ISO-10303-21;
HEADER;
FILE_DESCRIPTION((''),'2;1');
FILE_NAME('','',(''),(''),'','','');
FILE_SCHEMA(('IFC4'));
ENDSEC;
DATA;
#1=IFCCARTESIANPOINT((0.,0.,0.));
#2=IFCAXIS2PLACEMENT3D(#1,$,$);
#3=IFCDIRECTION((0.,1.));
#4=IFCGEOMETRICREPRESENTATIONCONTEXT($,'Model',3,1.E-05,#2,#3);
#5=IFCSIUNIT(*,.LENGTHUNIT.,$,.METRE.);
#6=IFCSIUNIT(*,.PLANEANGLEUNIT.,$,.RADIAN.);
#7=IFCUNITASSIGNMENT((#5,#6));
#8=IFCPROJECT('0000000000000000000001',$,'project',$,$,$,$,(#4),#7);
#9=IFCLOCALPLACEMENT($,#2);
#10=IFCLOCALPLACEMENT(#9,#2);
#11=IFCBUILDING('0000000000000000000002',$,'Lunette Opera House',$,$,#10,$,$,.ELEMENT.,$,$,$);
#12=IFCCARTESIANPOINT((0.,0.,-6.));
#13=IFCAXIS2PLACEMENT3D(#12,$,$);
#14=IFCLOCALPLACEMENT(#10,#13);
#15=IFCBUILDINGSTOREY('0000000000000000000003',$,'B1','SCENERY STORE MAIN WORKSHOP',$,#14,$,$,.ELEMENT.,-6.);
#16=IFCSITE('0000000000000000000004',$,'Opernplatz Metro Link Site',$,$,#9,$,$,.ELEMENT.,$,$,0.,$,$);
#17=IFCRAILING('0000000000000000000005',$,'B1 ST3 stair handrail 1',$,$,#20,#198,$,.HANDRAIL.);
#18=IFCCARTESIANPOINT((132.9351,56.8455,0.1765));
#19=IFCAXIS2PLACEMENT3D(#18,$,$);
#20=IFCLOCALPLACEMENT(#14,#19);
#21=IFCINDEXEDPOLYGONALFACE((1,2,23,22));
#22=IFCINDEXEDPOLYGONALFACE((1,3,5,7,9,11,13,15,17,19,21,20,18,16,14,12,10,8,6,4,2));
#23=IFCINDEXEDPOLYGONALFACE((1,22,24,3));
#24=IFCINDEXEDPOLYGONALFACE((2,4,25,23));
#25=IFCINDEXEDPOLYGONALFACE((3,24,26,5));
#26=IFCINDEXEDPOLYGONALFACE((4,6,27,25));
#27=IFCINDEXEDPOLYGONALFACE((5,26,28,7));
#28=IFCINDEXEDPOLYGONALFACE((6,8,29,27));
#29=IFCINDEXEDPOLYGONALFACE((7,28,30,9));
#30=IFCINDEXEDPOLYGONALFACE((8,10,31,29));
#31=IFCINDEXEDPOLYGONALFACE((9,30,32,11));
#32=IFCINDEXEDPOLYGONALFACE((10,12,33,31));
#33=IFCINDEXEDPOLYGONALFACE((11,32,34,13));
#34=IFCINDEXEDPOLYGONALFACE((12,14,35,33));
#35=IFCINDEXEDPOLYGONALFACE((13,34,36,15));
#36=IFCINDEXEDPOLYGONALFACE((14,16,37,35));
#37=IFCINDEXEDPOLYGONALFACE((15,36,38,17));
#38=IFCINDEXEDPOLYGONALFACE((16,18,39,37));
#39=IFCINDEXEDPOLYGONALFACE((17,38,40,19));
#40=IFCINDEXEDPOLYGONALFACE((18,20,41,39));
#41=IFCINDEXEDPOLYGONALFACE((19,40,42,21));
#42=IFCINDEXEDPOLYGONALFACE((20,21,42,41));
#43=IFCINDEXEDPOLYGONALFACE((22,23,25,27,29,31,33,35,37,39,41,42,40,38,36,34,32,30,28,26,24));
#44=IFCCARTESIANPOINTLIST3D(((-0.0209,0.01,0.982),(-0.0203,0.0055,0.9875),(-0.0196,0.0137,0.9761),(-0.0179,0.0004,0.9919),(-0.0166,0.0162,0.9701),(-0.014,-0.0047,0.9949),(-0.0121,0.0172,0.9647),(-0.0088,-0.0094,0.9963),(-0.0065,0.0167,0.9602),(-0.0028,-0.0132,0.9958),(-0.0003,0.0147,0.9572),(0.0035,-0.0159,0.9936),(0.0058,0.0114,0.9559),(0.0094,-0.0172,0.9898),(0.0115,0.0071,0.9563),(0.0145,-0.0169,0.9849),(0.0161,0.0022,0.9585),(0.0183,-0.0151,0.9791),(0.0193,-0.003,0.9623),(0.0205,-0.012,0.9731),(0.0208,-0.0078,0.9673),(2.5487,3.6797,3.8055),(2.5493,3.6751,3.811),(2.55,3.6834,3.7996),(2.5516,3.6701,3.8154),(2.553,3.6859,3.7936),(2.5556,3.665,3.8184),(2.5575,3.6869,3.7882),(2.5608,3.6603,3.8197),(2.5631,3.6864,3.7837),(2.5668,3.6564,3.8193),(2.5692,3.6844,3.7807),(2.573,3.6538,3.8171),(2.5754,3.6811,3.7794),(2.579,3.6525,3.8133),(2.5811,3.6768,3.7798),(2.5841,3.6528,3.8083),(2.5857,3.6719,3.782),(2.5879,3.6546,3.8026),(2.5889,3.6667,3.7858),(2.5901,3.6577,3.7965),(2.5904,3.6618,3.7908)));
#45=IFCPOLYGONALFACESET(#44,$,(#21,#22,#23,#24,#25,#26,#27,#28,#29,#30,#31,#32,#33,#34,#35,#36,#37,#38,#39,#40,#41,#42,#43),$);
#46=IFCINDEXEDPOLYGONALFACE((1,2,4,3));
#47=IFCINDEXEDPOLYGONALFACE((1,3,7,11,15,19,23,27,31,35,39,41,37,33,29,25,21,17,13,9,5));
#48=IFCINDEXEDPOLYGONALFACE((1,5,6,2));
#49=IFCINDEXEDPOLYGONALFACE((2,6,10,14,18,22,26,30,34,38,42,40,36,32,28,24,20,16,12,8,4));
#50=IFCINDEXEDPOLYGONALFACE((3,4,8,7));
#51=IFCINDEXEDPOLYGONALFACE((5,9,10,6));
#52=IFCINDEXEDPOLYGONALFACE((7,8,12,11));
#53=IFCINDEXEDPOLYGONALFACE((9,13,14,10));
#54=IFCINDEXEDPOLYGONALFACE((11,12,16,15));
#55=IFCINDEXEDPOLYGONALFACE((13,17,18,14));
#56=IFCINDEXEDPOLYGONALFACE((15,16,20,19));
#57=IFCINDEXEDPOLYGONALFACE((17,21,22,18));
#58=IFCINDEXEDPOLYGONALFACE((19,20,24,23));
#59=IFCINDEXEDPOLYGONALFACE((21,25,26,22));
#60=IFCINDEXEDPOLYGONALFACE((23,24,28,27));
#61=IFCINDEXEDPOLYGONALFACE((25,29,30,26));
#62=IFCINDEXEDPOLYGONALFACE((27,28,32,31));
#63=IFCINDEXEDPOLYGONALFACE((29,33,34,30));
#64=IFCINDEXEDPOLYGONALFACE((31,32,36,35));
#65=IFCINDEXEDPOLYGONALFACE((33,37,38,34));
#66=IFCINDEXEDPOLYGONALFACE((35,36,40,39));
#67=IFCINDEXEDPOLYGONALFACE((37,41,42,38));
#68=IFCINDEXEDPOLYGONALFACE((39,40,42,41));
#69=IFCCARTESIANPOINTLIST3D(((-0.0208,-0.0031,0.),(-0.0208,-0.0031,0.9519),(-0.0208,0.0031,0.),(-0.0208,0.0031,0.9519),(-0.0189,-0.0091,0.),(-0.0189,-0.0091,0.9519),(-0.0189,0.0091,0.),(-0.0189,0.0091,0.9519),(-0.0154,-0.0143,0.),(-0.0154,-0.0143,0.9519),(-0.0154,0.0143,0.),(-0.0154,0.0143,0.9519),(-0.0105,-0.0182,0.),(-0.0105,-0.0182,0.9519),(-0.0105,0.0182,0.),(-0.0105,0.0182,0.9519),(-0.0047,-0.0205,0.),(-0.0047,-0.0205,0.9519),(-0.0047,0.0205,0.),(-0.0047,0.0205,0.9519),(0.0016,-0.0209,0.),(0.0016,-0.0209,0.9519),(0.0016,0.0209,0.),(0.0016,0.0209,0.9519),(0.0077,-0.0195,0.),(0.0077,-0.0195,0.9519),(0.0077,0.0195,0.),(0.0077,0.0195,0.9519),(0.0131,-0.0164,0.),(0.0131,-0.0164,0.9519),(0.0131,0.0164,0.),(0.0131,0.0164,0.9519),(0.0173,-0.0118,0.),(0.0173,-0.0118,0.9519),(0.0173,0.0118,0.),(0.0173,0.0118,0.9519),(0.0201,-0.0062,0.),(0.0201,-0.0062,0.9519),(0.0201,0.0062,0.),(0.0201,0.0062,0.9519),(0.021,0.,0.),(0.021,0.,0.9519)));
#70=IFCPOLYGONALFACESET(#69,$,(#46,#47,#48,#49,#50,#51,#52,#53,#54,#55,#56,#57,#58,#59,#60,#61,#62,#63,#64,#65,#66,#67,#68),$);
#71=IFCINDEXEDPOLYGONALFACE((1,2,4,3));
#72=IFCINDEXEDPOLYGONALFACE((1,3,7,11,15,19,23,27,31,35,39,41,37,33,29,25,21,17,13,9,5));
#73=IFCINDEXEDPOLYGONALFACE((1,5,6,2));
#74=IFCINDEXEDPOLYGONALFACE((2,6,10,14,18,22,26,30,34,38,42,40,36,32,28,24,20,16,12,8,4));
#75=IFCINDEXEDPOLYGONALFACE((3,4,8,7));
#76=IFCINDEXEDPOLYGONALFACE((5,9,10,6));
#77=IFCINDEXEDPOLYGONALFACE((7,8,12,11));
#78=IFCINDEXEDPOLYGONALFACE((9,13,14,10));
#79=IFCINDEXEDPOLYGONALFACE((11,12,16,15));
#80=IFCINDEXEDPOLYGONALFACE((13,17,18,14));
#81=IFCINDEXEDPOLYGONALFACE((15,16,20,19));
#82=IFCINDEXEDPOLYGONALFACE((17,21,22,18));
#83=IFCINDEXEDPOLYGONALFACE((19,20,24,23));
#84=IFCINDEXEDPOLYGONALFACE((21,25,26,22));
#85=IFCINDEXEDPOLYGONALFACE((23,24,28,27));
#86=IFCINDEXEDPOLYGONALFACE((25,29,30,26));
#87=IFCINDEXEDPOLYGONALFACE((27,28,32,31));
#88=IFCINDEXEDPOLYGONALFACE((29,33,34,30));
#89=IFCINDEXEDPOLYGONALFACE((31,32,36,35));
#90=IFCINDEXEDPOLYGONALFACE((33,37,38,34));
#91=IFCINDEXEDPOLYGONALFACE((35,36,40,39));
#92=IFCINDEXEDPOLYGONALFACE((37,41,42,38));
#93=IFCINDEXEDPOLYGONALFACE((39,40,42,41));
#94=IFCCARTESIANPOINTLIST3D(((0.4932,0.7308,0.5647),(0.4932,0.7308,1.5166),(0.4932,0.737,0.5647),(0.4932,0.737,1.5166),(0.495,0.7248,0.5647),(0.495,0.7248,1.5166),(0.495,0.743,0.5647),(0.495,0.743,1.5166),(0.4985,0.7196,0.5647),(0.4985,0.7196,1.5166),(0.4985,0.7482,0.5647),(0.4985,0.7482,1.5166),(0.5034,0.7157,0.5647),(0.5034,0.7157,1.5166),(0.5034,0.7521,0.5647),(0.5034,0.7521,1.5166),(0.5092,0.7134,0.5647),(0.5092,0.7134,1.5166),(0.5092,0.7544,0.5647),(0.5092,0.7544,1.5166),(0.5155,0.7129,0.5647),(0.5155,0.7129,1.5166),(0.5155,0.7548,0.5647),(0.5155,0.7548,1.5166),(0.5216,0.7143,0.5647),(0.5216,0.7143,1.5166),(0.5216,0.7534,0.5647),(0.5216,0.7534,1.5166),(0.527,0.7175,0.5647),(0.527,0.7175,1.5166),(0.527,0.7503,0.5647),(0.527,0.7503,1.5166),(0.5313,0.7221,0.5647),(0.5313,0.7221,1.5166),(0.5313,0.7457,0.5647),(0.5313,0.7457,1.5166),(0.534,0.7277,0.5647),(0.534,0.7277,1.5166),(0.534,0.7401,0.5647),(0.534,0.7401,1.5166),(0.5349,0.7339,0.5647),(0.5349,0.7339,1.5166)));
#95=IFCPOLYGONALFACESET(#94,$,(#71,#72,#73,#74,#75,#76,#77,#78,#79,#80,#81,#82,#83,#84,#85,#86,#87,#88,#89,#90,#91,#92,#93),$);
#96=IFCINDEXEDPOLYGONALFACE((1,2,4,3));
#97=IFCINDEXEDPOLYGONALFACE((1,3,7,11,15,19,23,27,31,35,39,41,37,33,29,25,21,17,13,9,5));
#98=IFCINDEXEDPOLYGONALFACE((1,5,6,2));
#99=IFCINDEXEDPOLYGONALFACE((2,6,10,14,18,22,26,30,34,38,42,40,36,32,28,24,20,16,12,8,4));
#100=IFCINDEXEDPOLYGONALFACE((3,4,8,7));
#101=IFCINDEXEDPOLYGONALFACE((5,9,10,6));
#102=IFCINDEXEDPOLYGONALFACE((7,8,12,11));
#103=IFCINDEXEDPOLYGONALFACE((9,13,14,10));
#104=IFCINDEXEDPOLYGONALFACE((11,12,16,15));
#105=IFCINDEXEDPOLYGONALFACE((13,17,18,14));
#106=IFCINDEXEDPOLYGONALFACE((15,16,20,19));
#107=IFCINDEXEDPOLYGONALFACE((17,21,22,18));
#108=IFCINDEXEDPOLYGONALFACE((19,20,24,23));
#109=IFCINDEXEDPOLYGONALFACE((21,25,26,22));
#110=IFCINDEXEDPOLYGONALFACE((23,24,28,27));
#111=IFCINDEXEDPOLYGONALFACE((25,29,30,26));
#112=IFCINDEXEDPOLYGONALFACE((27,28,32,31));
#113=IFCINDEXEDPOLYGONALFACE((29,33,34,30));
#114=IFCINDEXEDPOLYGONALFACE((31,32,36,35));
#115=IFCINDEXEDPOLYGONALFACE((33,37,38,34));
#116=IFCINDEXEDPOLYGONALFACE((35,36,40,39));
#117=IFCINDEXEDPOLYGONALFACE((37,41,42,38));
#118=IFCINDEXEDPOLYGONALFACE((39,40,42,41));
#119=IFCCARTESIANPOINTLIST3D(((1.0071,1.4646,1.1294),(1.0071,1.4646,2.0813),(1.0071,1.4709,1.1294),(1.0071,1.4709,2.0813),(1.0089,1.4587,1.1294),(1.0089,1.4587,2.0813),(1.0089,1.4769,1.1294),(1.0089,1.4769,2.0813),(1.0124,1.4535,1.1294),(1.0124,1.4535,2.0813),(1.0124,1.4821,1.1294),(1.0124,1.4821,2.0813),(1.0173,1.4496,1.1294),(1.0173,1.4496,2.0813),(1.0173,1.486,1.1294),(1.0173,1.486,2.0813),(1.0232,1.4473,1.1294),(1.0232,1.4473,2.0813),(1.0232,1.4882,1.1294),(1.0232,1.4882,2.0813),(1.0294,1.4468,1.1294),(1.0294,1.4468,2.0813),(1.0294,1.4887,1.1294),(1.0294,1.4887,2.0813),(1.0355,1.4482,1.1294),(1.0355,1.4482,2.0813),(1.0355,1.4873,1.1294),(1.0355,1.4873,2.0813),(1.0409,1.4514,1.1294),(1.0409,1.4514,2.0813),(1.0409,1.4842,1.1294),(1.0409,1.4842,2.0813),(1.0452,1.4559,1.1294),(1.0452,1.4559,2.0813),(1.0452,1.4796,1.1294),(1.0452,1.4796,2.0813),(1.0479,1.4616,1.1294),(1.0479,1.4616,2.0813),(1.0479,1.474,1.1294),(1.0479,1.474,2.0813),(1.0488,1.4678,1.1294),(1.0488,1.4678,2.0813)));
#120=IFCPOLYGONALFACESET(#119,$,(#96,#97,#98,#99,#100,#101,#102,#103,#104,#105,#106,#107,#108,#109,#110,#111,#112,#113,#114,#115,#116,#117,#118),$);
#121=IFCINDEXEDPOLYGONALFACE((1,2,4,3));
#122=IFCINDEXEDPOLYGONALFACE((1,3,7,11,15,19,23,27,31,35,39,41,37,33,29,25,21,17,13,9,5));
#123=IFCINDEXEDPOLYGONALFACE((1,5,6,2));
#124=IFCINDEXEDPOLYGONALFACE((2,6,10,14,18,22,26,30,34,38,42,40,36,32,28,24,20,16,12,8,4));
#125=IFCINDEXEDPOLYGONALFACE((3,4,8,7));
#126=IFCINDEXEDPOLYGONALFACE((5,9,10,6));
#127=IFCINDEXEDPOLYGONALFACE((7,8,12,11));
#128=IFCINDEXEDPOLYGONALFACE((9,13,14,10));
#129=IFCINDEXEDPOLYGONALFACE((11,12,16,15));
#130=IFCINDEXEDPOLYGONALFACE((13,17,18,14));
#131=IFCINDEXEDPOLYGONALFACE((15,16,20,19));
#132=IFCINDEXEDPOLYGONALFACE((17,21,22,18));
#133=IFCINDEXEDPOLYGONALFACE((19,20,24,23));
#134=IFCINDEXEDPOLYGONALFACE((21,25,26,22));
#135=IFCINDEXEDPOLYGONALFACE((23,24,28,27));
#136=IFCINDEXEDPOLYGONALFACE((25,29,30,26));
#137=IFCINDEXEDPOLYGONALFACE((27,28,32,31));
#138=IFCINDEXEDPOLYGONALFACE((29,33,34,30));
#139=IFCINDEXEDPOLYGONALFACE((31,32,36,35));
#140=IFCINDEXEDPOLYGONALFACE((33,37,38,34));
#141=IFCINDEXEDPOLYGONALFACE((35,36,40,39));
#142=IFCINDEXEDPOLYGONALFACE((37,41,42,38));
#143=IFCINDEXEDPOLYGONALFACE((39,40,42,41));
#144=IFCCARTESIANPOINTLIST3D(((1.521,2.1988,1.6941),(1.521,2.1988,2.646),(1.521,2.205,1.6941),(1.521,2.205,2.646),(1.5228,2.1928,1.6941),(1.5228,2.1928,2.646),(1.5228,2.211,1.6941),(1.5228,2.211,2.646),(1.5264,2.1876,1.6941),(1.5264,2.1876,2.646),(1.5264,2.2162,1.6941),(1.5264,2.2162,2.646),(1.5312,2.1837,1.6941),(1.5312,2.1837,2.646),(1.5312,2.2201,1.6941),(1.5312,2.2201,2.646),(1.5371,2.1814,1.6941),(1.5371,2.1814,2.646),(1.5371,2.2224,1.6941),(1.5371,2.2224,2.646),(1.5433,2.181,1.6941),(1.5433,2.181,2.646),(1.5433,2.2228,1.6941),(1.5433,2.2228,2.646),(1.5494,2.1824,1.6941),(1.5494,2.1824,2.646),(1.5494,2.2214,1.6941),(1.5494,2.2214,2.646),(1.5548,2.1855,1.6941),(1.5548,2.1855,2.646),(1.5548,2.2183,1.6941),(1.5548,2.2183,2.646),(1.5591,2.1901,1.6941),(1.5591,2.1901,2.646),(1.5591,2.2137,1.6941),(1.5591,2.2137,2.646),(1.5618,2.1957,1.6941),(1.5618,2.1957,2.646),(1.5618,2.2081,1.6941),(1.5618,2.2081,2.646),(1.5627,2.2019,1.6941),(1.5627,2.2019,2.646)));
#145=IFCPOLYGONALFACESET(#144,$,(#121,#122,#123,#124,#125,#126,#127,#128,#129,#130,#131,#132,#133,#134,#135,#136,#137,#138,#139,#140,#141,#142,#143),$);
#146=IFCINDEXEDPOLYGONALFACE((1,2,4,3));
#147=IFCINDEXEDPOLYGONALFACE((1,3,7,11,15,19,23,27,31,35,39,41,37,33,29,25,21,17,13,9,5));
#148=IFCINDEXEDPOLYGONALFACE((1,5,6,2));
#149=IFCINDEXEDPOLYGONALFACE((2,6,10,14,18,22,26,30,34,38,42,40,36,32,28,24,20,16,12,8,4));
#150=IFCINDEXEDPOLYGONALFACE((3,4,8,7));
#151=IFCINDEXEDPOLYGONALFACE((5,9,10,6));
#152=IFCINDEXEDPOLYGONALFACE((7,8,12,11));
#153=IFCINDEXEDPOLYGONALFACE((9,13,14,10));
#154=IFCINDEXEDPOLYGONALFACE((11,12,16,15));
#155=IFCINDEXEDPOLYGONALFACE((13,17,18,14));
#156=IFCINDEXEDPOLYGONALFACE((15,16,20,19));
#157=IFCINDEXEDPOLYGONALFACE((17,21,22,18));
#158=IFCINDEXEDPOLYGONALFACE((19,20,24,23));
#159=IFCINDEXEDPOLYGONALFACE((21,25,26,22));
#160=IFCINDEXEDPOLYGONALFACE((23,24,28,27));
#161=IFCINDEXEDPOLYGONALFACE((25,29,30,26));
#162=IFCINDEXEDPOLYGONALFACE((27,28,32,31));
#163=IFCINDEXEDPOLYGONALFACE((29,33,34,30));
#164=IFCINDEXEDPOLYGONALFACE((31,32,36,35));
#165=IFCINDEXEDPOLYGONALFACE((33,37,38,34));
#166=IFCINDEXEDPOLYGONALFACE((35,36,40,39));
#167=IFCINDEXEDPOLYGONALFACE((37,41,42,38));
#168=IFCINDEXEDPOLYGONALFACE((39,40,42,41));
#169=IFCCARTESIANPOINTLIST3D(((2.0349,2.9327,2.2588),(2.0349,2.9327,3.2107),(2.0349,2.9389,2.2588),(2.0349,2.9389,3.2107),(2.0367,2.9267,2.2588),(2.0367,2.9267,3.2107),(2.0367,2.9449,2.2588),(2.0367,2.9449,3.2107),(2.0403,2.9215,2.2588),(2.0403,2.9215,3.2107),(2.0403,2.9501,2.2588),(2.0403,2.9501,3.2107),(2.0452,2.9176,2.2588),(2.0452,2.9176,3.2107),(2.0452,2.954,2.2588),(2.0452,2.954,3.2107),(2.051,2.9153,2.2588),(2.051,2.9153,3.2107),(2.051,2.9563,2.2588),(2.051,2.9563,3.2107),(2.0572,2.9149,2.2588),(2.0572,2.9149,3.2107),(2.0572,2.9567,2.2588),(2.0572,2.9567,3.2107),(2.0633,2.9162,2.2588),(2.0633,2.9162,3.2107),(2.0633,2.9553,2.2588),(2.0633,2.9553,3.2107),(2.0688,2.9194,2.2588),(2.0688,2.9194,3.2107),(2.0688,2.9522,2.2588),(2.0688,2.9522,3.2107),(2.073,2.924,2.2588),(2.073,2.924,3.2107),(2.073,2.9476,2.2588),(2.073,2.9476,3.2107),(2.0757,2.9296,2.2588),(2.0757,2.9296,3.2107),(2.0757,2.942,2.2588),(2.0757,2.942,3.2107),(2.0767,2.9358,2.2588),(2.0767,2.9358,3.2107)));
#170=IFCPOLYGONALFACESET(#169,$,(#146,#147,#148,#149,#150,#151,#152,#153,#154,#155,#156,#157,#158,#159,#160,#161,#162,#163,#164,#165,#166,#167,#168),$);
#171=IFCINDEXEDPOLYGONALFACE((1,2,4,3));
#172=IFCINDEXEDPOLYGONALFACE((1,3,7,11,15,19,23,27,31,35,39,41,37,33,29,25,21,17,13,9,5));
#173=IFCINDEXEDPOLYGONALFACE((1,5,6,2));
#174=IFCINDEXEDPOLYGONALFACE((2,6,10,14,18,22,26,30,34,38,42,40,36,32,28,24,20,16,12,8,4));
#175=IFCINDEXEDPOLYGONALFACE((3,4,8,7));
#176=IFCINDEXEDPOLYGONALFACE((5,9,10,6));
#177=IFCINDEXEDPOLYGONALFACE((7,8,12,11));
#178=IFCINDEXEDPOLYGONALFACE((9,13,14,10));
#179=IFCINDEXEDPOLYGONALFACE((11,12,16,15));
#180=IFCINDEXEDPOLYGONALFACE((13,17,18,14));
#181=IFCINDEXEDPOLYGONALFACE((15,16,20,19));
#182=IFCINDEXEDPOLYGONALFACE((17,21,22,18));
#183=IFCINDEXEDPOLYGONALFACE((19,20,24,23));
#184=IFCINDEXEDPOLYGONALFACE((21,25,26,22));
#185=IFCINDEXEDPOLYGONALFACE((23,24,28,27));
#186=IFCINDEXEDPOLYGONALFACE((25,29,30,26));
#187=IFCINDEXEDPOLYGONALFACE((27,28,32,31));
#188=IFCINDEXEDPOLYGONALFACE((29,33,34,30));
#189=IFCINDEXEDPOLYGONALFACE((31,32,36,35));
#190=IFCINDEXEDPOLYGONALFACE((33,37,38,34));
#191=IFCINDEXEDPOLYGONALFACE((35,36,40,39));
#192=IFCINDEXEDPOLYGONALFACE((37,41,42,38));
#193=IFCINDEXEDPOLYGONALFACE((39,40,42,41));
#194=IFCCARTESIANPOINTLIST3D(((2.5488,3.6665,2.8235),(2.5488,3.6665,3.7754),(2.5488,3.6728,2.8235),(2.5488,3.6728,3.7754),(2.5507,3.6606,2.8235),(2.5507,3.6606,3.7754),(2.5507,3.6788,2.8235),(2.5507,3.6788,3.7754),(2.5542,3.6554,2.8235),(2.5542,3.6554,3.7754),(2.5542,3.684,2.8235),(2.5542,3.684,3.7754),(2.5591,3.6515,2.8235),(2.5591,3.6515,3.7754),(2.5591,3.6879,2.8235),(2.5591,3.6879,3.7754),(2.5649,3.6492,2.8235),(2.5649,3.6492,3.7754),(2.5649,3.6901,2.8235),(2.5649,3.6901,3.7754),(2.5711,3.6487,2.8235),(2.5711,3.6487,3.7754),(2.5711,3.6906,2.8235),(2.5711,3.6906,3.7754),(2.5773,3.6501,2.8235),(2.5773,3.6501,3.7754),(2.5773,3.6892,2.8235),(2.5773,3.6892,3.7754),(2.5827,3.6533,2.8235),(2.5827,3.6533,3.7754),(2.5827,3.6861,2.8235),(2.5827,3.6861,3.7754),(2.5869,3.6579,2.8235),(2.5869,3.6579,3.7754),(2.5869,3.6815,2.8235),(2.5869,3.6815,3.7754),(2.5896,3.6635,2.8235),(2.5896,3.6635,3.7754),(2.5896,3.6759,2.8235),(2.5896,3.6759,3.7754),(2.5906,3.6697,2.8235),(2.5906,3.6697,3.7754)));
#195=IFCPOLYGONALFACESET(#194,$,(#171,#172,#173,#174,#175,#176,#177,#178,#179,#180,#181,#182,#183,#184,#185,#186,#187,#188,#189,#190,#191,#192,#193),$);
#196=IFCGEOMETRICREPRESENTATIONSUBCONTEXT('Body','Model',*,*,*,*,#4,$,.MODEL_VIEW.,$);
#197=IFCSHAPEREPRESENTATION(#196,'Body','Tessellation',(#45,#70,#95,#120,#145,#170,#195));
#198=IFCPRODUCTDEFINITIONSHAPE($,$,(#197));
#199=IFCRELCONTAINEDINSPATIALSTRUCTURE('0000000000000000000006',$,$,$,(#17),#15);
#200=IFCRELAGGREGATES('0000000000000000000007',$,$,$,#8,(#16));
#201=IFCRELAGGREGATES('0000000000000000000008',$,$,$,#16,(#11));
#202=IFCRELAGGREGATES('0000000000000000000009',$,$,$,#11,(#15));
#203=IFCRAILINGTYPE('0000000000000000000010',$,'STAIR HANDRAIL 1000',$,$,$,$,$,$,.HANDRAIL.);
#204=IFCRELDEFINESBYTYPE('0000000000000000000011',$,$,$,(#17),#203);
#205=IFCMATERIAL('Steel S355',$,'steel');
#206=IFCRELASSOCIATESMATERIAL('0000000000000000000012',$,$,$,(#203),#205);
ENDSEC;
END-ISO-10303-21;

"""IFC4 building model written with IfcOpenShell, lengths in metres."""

from ifc_helpers import new_model, si_unit, direction, frame, origin, origin_2d, place, context, subcontext, project, spatial, circle, extrude, material, type_object, element, save


model = new_model("IFC4")

# Units and contexts
model_context = context("Model", 3, precision=1e-05, world=origin(), true_north=direction((0.0, 1.0)))
body_context = subcontext(model_context, "Body", "Model", "MODEL_VIEW")
ifc_project = project(units=[si_unit("LENGTHUNIT", "METRE"), si_unit("PLANEANGLEUNIT", "RADIAN")], contexts=[model_context])

# Site, building, storey
site_placement = place(None, origin())
site = spatial("IfcSite", under=ifc_project, at=site_placement, Name="Opernplatz Metro Link Site", CompositionType="ELEMENT", RefElevation=0.0)
building_placement = place(site_placement, origin())
building = spatial("IfcBuilding", under=site, at=building_placement, Name="Lunette Opera House", CompositionType="ELEMENT")
storey_placement = place(building_placement, frame((0.0, 0.0, -6.0)))
storey = spatial("IfcBuildingStorey", under=building, at=storey_placement, Name="B1", Description="SCENERY STORE MAIN WORKSHOP", CompositionType="ELEMENT", Elevation=-6.0)

# Railing
ifc_material_1 = material(Name="Steel S355", Category="steel")
railing_type_1 = type_object("IfcRailingType", Name="STAIR HANDRAIL 1000", PredefinedType="HANDRAIL", material=ifc_material_1)
railing_1_placement = place(storey_placement, frame((132.9351, 56.8455, 0.1765)))
element("IfcRailing", 1, at=railing_1_placement, inside=storey, type_object=railing_type_1, Name="B1 ST3 stair handrail 1", PredefinedType="HANDRAIL", context=body_context, shape_type="SweptSolid", body=[
    extrude(circle(Radius=0.0239, at=origin_2d()), frame((0.0, 0.0, 0.9761), z_axis=(0.485247, 0.692992, 0.533195), x_axis=(-0.819147, 0.573583, 0.0)), (0.0, 0.0, 1.0), 5.2954),
    extrude(circle(Radius=0.021, at=origin_2d()), origin(), (0.0, 0.0, 1.0), 0.9519),
    extrude(circle(Radius=0.021, at=origin_2d()), frame((0.5139, 0.7339, 0.5647)), (0.0, 0.0, 1.0), 0.9519),
    extrude(circle(Radius=0.021, at=origin_2d()), frame((1.0278, 1.4678, 1.1294)), (0.0, 0.0, 1.0), 0.9519),
    extrude(circle(Radius=0.021, at=origin_2d()), frame((1.5417, 2.2019, 1.6941)), (0.0, 0.0, 1.0), 0.9519),
    extrude(circle(Radius=0.021, at=origin_2d()), frame((2.0557, 2.9358, 2.2588)), (0.0, 0.0, 1.0), 0.9519),
    extrude(circle(Radius=0.021, at=origin_2d()), frame((2.5696, 3.6697, 2.8235)), (0.0, 0.0, 1.0), 0.9519),
])

save(model, "model.ifc")
